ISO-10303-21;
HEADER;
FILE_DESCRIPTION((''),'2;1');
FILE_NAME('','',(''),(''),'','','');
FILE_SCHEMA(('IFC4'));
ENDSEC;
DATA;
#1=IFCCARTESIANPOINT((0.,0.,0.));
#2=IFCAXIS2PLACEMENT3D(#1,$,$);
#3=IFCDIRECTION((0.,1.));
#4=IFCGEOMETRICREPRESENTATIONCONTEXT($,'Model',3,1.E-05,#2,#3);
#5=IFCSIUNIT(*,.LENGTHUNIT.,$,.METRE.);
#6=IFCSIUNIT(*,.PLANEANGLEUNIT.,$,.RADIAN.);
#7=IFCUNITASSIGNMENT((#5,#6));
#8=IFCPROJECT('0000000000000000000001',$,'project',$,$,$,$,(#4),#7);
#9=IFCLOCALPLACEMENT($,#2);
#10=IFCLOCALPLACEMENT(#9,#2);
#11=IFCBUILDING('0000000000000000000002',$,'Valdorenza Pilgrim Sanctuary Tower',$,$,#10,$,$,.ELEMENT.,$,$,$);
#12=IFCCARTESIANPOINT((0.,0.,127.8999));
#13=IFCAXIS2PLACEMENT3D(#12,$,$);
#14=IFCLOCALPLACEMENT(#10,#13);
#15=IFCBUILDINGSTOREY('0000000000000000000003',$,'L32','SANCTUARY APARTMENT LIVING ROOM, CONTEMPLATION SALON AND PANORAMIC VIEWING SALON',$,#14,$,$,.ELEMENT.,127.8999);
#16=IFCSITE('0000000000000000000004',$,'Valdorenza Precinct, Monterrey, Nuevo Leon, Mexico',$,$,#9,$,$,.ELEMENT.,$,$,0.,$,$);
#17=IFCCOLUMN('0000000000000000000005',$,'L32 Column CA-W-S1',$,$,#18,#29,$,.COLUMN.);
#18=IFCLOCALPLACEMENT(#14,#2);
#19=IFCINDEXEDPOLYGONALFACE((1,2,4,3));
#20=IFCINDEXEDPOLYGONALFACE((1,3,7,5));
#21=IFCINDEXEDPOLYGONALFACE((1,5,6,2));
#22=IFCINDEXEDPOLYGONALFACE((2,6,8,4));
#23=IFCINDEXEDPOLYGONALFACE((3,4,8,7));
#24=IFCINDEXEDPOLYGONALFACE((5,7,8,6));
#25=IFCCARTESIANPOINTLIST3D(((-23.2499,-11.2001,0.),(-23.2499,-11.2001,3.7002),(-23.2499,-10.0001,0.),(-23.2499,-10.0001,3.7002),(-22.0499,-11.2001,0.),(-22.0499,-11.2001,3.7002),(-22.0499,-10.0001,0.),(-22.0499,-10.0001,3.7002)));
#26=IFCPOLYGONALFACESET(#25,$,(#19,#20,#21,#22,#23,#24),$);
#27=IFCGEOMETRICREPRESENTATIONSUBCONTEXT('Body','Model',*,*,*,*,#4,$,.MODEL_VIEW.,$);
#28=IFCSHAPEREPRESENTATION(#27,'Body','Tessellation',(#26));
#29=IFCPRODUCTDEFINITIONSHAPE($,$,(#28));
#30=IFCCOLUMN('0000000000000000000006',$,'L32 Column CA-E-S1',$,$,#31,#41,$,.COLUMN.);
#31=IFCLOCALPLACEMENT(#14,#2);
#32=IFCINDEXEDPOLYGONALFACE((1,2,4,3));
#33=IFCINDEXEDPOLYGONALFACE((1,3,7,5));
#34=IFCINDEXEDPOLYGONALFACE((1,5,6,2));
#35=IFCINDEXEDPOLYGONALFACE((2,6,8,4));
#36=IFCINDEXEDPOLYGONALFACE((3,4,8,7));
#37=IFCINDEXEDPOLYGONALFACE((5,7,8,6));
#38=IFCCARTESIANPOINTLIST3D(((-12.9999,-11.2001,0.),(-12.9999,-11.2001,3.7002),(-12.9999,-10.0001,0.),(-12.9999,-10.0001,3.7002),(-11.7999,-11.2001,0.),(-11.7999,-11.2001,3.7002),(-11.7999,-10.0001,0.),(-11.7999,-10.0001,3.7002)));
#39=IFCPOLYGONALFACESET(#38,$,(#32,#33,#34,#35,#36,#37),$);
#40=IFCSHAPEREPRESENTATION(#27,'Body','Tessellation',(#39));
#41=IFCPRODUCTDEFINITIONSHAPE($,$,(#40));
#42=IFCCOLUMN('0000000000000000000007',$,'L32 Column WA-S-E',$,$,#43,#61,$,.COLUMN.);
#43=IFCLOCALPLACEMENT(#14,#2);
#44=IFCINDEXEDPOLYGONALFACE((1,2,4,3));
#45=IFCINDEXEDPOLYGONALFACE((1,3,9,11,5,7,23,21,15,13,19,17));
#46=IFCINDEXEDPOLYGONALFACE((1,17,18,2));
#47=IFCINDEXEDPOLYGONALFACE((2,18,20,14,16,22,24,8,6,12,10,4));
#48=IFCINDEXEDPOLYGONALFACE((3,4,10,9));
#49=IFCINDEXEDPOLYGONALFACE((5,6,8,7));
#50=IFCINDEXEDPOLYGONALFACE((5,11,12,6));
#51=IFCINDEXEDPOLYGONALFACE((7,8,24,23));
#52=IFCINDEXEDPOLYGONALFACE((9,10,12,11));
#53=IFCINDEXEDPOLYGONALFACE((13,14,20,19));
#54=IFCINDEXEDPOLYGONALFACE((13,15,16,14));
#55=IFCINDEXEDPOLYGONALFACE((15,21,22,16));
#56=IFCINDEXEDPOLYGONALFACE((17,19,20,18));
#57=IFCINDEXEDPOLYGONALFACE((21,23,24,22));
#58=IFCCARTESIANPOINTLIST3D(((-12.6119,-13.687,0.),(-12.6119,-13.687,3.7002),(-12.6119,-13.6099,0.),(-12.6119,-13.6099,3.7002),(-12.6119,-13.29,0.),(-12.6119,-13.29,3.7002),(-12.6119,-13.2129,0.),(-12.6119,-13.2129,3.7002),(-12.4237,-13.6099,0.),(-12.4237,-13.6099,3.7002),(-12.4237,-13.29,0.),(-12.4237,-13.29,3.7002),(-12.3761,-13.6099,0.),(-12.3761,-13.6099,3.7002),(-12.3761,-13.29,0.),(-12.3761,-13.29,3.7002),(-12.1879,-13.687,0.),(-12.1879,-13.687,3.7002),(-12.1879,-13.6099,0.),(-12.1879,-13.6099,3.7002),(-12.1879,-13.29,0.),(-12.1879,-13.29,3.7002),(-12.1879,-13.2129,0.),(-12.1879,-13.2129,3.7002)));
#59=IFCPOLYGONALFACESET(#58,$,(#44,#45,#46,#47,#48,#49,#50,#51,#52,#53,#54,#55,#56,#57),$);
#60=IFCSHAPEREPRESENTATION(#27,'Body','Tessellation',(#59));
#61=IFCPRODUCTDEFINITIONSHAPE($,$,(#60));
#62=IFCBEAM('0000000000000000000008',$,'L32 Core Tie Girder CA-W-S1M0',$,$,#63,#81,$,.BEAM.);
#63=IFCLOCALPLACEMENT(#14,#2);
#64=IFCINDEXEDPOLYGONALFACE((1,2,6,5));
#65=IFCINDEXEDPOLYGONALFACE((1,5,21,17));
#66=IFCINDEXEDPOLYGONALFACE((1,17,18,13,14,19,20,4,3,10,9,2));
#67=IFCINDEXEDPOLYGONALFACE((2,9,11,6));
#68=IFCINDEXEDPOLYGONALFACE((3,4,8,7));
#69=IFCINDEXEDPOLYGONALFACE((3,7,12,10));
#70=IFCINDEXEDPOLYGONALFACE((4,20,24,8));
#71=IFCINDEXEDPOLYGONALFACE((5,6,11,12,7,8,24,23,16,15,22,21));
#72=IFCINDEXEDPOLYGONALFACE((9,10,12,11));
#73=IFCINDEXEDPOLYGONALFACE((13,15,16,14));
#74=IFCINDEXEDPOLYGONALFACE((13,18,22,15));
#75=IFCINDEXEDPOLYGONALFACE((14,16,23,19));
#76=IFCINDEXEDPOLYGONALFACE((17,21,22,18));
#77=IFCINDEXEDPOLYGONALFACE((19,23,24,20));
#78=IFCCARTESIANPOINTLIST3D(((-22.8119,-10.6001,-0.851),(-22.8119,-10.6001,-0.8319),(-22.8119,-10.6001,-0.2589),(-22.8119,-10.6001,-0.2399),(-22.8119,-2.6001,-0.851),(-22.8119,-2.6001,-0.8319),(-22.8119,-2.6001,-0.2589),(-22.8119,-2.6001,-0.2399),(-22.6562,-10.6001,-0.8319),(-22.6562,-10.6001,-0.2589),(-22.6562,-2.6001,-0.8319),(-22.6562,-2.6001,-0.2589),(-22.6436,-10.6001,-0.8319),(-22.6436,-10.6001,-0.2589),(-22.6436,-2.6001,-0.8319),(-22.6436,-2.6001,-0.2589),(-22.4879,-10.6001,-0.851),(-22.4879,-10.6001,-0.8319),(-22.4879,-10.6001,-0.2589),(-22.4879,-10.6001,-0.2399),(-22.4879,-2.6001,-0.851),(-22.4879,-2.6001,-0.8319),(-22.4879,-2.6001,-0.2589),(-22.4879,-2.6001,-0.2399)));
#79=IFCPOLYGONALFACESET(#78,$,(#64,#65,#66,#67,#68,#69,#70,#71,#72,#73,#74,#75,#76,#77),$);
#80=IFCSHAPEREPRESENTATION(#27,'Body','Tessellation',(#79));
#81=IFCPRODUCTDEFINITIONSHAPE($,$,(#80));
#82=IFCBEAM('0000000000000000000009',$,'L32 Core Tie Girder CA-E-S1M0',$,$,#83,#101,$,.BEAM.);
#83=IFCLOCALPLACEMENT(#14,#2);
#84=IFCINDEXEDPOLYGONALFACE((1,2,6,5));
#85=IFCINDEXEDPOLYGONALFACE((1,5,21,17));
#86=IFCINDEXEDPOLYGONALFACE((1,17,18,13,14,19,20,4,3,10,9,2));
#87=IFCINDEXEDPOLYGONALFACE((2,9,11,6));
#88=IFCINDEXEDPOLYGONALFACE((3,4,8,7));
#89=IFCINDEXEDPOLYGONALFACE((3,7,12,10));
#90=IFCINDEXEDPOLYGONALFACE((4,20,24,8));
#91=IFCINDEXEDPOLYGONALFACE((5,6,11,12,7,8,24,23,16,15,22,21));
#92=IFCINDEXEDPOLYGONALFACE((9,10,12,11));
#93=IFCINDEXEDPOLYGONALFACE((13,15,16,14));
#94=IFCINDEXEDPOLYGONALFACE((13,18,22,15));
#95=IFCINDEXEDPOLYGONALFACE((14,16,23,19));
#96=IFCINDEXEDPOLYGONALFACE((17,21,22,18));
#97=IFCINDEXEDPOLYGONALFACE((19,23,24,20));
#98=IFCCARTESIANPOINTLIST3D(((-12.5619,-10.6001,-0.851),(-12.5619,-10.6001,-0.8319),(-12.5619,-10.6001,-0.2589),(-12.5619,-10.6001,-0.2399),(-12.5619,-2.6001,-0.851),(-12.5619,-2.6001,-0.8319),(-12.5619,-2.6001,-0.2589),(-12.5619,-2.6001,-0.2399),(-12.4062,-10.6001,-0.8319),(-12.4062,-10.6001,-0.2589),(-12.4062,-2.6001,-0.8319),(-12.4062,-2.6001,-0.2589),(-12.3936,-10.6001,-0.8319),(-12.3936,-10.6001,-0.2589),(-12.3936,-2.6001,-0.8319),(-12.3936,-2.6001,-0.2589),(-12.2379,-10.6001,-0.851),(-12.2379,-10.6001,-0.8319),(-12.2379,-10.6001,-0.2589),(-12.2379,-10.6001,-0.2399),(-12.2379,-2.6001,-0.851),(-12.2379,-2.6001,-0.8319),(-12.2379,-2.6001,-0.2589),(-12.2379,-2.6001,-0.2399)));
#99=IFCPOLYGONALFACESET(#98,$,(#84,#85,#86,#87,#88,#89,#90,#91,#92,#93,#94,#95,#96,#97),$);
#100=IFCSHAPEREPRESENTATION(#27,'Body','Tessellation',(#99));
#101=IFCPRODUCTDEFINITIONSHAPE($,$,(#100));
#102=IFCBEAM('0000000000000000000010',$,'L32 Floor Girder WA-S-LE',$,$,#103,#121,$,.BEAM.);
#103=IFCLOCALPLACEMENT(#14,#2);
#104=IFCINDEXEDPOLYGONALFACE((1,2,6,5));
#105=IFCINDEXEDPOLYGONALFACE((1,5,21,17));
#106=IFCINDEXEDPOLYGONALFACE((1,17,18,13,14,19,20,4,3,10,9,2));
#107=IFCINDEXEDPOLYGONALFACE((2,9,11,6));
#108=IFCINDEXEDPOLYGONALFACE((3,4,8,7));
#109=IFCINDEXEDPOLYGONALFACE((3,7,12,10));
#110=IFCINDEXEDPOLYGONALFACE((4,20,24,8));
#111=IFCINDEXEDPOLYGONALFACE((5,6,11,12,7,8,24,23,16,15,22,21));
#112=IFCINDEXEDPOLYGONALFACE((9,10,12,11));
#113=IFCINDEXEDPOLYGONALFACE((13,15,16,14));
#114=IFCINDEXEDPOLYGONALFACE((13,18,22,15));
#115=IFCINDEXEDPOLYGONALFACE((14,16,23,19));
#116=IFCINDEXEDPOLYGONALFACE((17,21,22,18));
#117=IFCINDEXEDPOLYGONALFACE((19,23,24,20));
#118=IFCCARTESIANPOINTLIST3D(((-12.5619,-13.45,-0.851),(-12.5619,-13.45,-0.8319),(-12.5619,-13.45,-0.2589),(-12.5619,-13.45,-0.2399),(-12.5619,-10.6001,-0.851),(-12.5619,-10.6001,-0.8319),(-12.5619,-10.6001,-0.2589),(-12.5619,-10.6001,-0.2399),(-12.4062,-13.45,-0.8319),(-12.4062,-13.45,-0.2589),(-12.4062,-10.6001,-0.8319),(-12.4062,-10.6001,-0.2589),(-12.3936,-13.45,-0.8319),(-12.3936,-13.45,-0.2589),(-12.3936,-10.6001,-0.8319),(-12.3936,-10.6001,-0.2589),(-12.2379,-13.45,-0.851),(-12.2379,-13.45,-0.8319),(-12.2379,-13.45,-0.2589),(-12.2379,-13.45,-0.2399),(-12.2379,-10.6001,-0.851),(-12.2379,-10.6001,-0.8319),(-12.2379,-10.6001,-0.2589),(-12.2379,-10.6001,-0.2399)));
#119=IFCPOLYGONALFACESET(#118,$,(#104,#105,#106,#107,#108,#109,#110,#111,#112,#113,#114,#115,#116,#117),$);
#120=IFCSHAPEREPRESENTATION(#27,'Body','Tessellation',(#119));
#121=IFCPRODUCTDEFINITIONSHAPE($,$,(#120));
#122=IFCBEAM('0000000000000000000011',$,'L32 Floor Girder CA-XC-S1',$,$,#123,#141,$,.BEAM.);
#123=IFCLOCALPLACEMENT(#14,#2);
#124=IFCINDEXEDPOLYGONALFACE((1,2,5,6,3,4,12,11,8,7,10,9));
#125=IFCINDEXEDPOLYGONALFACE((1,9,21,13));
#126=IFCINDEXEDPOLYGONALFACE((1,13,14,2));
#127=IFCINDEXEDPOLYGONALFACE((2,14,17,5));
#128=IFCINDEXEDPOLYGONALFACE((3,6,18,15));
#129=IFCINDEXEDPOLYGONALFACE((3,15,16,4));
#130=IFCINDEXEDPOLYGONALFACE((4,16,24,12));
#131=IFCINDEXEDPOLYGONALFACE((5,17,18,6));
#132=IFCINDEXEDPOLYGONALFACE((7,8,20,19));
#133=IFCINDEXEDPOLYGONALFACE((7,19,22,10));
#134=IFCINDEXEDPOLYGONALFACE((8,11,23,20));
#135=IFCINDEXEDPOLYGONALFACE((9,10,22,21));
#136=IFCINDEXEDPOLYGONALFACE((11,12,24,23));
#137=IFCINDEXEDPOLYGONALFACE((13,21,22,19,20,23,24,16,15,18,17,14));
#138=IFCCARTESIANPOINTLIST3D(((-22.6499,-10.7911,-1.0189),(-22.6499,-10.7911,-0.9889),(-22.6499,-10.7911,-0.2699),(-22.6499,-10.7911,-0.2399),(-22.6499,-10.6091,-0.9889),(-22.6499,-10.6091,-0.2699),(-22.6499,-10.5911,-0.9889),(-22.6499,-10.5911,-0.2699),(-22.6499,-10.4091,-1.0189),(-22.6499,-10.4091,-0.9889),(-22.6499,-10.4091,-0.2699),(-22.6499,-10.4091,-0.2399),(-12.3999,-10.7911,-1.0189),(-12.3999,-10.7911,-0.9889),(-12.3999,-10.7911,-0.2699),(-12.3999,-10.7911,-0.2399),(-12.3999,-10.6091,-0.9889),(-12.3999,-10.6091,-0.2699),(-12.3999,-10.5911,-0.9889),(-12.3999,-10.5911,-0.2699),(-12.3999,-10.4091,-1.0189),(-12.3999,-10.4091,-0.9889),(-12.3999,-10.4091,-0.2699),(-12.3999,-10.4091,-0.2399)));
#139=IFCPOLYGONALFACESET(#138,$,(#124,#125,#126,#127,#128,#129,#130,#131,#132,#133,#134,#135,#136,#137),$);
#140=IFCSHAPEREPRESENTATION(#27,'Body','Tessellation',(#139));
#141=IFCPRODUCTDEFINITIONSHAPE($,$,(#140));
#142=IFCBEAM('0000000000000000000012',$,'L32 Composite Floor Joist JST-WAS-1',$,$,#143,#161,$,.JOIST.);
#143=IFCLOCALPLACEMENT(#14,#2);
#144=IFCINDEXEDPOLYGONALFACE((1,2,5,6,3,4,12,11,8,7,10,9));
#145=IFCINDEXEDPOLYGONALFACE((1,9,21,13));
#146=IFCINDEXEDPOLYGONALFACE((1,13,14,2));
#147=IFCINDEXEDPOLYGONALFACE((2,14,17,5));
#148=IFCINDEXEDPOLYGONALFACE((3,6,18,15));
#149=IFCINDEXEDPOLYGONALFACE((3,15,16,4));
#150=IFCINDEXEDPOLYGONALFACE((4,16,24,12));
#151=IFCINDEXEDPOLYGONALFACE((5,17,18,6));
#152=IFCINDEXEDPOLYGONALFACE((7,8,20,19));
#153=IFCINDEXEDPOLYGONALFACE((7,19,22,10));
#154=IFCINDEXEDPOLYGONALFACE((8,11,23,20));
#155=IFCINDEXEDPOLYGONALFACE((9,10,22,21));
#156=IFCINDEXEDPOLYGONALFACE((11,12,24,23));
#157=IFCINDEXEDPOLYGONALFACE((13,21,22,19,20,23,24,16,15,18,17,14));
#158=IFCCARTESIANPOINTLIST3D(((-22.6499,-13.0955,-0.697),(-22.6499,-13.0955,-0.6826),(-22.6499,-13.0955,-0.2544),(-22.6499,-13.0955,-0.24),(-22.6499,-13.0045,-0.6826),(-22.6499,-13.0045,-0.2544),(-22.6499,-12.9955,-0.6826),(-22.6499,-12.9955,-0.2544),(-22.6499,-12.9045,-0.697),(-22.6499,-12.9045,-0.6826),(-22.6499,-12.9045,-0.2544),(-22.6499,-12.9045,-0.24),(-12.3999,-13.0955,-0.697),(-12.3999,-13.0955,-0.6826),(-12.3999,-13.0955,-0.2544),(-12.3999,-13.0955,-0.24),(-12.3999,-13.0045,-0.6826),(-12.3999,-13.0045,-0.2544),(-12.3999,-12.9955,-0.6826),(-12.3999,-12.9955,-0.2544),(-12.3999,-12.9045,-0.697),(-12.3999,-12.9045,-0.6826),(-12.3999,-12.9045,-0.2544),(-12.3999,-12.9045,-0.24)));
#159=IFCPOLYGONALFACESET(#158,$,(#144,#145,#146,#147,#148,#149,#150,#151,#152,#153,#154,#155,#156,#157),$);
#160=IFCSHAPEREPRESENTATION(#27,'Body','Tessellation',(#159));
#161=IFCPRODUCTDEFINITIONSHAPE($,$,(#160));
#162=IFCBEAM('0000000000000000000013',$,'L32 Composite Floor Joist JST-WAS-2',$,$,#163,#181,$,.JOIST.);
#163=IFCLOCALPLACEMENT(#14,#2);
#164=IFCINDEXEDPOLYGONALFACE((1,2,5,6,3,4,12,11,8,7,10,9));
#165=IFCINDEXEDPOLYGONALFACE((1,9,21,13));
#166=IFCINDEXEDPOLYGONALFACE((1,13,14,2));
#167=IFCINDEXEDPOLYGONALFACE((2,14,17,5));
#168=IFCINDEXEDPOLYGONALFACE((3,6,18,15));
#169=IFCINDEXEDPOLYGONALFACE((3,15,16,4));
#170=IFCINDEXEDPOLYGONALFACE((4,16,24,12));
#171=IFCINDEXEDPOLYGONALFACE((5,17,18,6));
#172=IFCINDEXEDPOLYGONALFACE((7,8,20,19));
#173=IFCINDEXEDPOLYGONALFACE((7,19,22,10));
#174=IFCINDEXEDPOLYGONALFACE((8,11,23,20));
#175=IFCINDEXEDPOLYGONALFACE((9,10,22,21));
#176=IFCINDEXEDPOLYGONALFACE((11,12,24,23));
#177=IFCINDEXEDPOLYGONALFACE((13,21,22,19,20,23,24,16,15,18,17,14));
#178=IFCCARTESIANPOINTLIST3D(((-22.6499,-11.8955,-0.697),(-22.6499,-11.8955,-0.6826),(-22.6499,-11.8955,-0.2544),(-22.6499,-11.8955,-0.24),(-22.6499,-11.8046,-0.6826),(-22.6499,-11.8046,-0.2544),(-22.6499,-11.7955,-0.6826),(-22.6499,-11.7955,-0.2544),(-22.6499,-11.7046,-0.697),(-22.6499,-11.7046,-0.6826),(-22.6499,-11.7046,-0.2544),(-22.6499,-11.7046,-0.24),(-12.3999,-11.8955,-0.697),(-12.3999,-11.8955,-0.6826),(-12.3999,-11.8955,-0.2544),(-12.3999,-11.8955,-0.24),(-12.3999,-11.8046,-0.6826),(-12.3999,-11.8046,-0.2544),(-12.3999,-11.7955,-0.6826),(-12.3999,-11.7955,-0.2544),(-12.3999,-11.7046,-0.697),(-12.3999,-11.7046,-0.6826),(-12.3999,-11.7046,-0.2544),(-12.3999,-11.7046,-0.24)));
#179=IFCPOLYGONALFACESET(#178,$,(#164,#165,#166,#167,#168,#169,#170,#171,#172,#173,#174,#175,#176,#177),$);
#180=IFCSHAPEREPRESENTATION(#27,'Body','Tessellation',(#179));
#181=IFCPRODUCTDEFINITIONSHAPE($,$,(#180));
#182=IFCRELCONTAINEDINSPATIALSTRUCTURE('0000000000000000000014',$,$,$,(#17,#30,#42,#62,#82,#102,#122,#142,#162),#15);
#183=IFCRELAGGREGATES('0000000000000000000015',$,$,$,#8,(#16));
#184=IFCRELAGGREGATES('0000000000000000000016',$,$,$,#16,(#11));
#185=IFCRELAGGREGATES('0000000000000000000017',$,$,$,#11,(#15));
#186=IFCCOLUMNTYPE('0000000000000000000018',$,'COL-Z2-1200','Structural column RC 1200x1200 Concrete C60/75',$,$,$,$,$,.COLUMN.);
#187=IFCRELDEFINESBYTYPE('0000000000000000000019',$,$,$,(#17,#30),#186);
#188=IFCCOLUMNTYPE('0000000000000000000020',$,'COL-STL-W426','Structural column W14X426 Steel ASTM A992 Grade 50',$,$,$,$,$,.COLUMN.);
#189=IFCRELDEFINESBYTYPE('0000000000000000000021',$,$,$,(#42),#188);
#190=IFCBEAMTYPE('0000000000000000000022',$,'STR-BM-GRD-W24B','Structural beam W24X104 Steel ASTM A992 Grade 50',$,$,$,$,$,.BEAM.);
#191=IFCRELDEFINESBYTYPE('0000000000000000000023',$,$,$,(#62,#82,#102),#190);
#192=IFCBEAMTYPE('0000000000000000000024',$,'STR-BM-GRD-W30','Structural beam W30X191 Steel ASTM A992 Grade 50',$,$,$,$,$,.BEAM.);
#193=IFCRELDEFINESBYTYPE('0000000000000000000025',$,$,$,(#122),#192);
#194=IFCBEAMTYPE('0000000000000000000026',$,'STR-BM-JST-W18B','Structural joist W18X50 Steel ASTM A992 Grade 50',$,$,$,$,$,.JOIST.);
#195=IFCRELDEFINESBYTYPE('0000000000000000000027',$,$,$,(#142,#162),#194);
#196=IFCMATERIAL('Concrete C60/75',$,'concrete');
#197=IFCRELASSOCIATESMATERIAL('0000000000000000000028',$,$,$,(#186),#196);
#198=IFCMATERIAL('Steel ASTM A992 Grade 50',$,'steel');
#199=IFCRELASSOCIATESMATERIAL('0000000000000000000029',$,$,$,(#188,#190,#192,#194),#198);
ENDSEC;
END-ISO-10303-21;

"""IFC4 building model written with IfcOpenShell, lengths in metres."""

from ifc_helpers import new_model, si_unit, direction, frame, origin, origin_2d, place, context, subcontext, project, spatial, rectangle, i_section, extrude, source, transform, mapped, material, material_profile, profile_set, type_object, element, save


model = new_model("IFC4")

# Units and contexts
model_context = context("Model", 3, precision=1e-05, world=origin(), true_north=direction((0.0, 1.0)))
body_context = subcontext(model_context, "Body", "Model", "MODEL_VIEW")
ifc_project = project(units=[si_unit("LENGTHUNIT", "METRE"), si_unit("PLANEANGLEUNIT", "RADIAN")], contexts=[model_context])

# Site, building, storey
site_placement = place(None, origin())
site = spatial("IfcSite", under=ifc_project, at=site_placement, Name="Valdorenza Precinct, Monterrey, Nuevo Leon, Mexico", CompositionType="ELEMENT", RefElevation=0.0)
building_placement = place(site_placement, origin())
building = spatial("IfcBuilding", under=site, at=building_placement, Name="Valdorenza Pilgrim Sanctuary Tower", CompositionType="ELEMENT")
storey_placement = place(building_placement, frame((0.0, 0.0, 127.8999)))
storey = spatial("IfcBuildingStorey", under=building, at=storey_placement, Name="L32", Description="SANCTUARY APARTMENT LIVING ROOM, CONTEMPLATION SALON AND PANORAMIC VIEWING SALON", CompositionType="ELEMENT", Elevation=127.8999)

# Columns
ifc_material_1 = material(Name="Concrete C60/75", Category="concrete")
ifc_material_profile_1 = material_profile(ifc_material_1, rectangle(XDim=1.2, YDim=1.2, at=origin_2d()), Name="RC 1200x1200")
ifc_profile_set_1 = profile_set([ifc_material_profile_1], Name="Concrete C60/75")
column_type_1 = type_object("IfcColumnType", Name="COL-Z2-1200", Description="Structural column RC 1200x1200 Concrete C60/75", PredefinedType="COLUMN", material=ifc_profile_set_1)
shared_shape_1 = source(origin(), body_context, "Body", "SweptSolid", [
    extrude(rectangle(XDim=1.2, YDim=1.2, at=origin_2d()), origin(), (0.0, 0.0, 1.0), 3.7002),
])
for number, where, z_axis, x_axis, name in (
    (1, (-22.6499, -10.6001, 0.0), (0.0, 0.0, 1.0), (1.0, 0.0, 0.0), "L32 Column CA-W-S1"),
    (2, (-12.3999, -10.6001, 0.0), (0.0, 0.0, 1.0), (1.0, 0.0, 0.0), "L32 Column CA-E-S1"),
):
    element("IfcColumn", number, at=place(storey_placement, frame(where, z_axis=z_axis, x_axis=x_axis)), inside=storey, type_object=column_type_1, Name=name, PredefinedType="COLUMN", context=body_context, shape_type="MappedRepresentation", body=[
        mapped(shared_shape_1, transform((0.0, 0.0, 0.0), x_axis=(1.0, 0.0, 0.0), y_axis=(0.0, 1.0, 0.0), z_axis=(0.0, 0.0, 1.0), scale=1.0)),
    ])
ifc_material_2 = material(Name="Steel ASTM A992 Grade 50", Category="steel")
ifc_material_profile_2 = material_profile(ifc_material_2, i_section(OverallWidth=0.4241, OverallDepth=0.4741, WebThickness=0.0476, FlangeThickness=0.0771, at=origin_2d()), Name="W14X426")
ifc_profile_set_2 = profile_set([ifc_material_profile_2], Name="Steel ASTM A992 Grade 50")
column_type_2 = type_object("IfcColumnType", Name="COL-STL-W426", Description="Structural column W14X426 Steel ASTM A992 Grade 50", PredefinedType="COLUMN", material=ifc_profile_set_2)
shared_shape_2 = source(origin(), body_context, "Body", "SweptSolid", [
    extrude(i_section(OverallWidth=0.4241, OverallDepth=0.4741, WebThickness=0.0476, FlangeThickness=0.0771, at=origin_2d()), origin(), (0.0, 0.0, 1.0), 3.7002),
])
column_placement = place(storey_placement, frame((-12.3999, -13.45, 0.0), z_axis=(0.0, 0.0, 1.0), x_axis=(1.0, 0.0, 0.0)))
element("IfcColumn", 3, at=column_placement, inside=storey, type_object=column_type_2, Name="L32 Column WA-S-E", PredefinedType="COLUMN", context=body_context, shape_type="MappedRepresentation", body=[
    mapped(shared_shape_2, transform((0.0, 0.0, 0.0), x_axis=(1.0, 0.0, 0.0), y_axis=(0.0, 1.0, 0.0), z_axis=(0.0, 0.0, 1.0), scale=1.0)),
])

# Beams
ifc_material_profile_3 = material_profile(ifc_material_2, i_section(OverallWidth=0.324, OverallDepth=0.6111, WebThickness=0.0127, FlangeThickness=0.019, at=origin_2d()), Name="W24X104")
ifc_profile_set_3 = profile_set([ifc_material_profile_3], Name="Steel ASTM A992 Grade 50")
beam_type_1 = type_object("IfcBeamType", Name="STR-BM-GRD-W24B", Description="Structural beam W24X104 Steel ASTM A992 Grade 50", PredefinedType="BEAM", material=ifc_profile_set_3)
shared_shape_3 = source(origin(), body_context, "Body", "SweptSolid", [
    extrude(i_section(OverallWidth=0.324, OverallDepth=0.6111, WebThickness=0.0127, FlangeThickness=0.019, at=origin_2d()), origin(), (0.0, 0.0, 1.0), 8.0),
])
for number, where, z_axis, x_axis, name in (
    (4, (-22.6499, -10.6001, -0.5454), (0.0, 1.0, 0.0), (-1.0, 0.0, 0.0), "L32 Core Tie Girder CA-W-S1M0"),
    (5, (-12.3999, -10.6001, -0.5454), (0.0, 1.0, 0.0), (-1.0, 0.0, 0.0), "L32 Core Tie Girder CA-E-S1M0"),
):
    element("IfcBeam", number, at=place(storey_placement, frame(where, z_axis=z_axis, x_axis=x_axis)), inside=storey, type_object=beam_type_1, Name=name, PredefinedType="BEAM", context=body_context, shape_type="MappedRepresentation", body=[
        mapped(shared_shape_3, transform((0.0, 0.0, 0.0), x_axis=(1.0, 0.0, 0.0), y_axis=(0.0, 1.0, 0.0), z_axis=(0.0, 0.0, 1.0), scale=1.0)),
    ])
shared_shape_4 = source(origin(), body_context, "Body", "SweptSolid", [
    extrude(i_section(OverallWidth=0.324, OverallDepth=0.6111, WebThickness=0.0127, FlangeThickness=0.019, at=origin_2d()), origin(), (0.0, 0.0, 1.0), 2.8499),
])
beam_1_placement = place(storey_placement, frame((-12.3999, -13.45, -0.5454), z_axis=(0.0, 1.0, 0.0), x_axis=(-1.0, 0.0, 0.0)))
element("IfcBeam", 6, at=beam_1_placement, inside=storey, type_object=beam_type_1, Name="L32 Floor Girder WA-S-LE", PredefinedType="BEAM", context=body_context, shape_type="MappedRepresentation", body=[
    mapped(shared_shape_4, transform((0.0, 0.0, 0.0), x_axis=(1.0, 0.0, 0.0), y_axis=(0.0, 1.0, 0.0), z_axis=(0.0, 0.0, 1.0), scale=1.0)),
])
ifc_material_profile_4 = material_profile(ifc_material_2, i_section(OverallWidth=0.3821, OverallDepth=0.7791, WebThickness=0.0181, FlangeThickness=0.03, at=origin_2d()), Name="W30X191")
ifc_profile_set_4 = profile_set([ifc_material_profile_4], Name="Steel ASTM A992 Grade 50")
beam_type_2 = type_object("IfcBeamType", Name="STR-BM-GRD-W30", Description="Structural beam W30X191 Steel ASTM A992 Grade 50", PredefinedType="BEAM", material=ifc_profile_set_4)
shared_shape_5 = source(origin(), body_context, "Body", "SweptSolid", [
    extrude(i_section(OverallWidth=0.3821, OverallDepth=0.7791, WebThickness=0.0181, FlangeThickness=0.03, at=origin_2d()), origin(), (0.0, 0.0, 1.0), 10.25),
])
beam_2_placement = place(storey_placement, frame((-22.6499, -10.6001, -0.6294), z_axis=(1.0, 0.0, 0.0), x_axis=(0.0, 1.0, 0.0)))
element("IfcBeam", 7, at=beam_2_placement, inside=storey, type_object=beam_type_2, Name="L32 Floor Girder CA-XC-S1", PredefinedType="BEAM", context=body_context, shape_type="MappedRepresentation", body=[
    mapped(shared_shape_5, transform((0.0, 0.0, 0.0), x_axis=(1.0, 0.0, 0.0), y_axis=(0.0, 1.0, 0.0), z_axis=(0.0, 0.0, 1.0), scale=1.0)),
])
ifc_material_profile_5 = material_profile(ifc_material_2, i_section(OverallWidth=0.1909, OverallDepth=0.457, WebThickness=0.009, FlangeThickness=0.0144, at=origin_2d()), Name="W18X50")
ifc_profile_set_5 = profile_set([ifc_material_profile_5], Name="Steel ASTM A992 Grade 50")
beam_type_3 = type_object("IfcBeamType", Name="STR-BM-JST-W18B", Description="Structural joist W18X50 Steel ASTM A992 Grade 50", PredefinedType="JOIST", material=ifc_profile_set_5)
shared_shape_6 = source(origin(), body_context, "Body", "SweptSolid", [
    extrude(i_section(OverallWidth=0.1909, OverallDepth=0.457, WebThickness=0.009, FlangeThickness=0.0144, at=origin_2d()), origin(), (0.0, 0.0, 1.0), 10.25),
])
for number, where, z_axis, x_axis, name in (
    (8, (-22.6499, -13.0, -0.4685), (1.0, 0.0, 0.0), (0.0, 1.0, 0.0), "L32 Composite Floor Joist JST-WAS-1"),
    (9, (-22.6499, -11.8, -0.4685), (1.0, 0.0, 0.0), (0.0, 1.0, 0.0), "L32 Composite Floor Joist JST-WAS-2"),
):
    element("IfcBeam", number, at=place(storey_placement, frame(where, z_axis=z_axis, x_axis=x_axis)), inside=storey, type_object=beam_type_3, Name=name, PredefinedType="JOIST", context=body_context, shape_type="MappedRepresentation", body=[
        mapped(shared_shape_6, transform((0.0, 0.0, 0.0), x_axis=(1.0, 0.0, 0.0), y_axis=(0.0, 1.0, 0.0), z_axis=(0.0, 0.0, 1.0), scale=1.0)),
    ])

save(model, "model.ifc")
